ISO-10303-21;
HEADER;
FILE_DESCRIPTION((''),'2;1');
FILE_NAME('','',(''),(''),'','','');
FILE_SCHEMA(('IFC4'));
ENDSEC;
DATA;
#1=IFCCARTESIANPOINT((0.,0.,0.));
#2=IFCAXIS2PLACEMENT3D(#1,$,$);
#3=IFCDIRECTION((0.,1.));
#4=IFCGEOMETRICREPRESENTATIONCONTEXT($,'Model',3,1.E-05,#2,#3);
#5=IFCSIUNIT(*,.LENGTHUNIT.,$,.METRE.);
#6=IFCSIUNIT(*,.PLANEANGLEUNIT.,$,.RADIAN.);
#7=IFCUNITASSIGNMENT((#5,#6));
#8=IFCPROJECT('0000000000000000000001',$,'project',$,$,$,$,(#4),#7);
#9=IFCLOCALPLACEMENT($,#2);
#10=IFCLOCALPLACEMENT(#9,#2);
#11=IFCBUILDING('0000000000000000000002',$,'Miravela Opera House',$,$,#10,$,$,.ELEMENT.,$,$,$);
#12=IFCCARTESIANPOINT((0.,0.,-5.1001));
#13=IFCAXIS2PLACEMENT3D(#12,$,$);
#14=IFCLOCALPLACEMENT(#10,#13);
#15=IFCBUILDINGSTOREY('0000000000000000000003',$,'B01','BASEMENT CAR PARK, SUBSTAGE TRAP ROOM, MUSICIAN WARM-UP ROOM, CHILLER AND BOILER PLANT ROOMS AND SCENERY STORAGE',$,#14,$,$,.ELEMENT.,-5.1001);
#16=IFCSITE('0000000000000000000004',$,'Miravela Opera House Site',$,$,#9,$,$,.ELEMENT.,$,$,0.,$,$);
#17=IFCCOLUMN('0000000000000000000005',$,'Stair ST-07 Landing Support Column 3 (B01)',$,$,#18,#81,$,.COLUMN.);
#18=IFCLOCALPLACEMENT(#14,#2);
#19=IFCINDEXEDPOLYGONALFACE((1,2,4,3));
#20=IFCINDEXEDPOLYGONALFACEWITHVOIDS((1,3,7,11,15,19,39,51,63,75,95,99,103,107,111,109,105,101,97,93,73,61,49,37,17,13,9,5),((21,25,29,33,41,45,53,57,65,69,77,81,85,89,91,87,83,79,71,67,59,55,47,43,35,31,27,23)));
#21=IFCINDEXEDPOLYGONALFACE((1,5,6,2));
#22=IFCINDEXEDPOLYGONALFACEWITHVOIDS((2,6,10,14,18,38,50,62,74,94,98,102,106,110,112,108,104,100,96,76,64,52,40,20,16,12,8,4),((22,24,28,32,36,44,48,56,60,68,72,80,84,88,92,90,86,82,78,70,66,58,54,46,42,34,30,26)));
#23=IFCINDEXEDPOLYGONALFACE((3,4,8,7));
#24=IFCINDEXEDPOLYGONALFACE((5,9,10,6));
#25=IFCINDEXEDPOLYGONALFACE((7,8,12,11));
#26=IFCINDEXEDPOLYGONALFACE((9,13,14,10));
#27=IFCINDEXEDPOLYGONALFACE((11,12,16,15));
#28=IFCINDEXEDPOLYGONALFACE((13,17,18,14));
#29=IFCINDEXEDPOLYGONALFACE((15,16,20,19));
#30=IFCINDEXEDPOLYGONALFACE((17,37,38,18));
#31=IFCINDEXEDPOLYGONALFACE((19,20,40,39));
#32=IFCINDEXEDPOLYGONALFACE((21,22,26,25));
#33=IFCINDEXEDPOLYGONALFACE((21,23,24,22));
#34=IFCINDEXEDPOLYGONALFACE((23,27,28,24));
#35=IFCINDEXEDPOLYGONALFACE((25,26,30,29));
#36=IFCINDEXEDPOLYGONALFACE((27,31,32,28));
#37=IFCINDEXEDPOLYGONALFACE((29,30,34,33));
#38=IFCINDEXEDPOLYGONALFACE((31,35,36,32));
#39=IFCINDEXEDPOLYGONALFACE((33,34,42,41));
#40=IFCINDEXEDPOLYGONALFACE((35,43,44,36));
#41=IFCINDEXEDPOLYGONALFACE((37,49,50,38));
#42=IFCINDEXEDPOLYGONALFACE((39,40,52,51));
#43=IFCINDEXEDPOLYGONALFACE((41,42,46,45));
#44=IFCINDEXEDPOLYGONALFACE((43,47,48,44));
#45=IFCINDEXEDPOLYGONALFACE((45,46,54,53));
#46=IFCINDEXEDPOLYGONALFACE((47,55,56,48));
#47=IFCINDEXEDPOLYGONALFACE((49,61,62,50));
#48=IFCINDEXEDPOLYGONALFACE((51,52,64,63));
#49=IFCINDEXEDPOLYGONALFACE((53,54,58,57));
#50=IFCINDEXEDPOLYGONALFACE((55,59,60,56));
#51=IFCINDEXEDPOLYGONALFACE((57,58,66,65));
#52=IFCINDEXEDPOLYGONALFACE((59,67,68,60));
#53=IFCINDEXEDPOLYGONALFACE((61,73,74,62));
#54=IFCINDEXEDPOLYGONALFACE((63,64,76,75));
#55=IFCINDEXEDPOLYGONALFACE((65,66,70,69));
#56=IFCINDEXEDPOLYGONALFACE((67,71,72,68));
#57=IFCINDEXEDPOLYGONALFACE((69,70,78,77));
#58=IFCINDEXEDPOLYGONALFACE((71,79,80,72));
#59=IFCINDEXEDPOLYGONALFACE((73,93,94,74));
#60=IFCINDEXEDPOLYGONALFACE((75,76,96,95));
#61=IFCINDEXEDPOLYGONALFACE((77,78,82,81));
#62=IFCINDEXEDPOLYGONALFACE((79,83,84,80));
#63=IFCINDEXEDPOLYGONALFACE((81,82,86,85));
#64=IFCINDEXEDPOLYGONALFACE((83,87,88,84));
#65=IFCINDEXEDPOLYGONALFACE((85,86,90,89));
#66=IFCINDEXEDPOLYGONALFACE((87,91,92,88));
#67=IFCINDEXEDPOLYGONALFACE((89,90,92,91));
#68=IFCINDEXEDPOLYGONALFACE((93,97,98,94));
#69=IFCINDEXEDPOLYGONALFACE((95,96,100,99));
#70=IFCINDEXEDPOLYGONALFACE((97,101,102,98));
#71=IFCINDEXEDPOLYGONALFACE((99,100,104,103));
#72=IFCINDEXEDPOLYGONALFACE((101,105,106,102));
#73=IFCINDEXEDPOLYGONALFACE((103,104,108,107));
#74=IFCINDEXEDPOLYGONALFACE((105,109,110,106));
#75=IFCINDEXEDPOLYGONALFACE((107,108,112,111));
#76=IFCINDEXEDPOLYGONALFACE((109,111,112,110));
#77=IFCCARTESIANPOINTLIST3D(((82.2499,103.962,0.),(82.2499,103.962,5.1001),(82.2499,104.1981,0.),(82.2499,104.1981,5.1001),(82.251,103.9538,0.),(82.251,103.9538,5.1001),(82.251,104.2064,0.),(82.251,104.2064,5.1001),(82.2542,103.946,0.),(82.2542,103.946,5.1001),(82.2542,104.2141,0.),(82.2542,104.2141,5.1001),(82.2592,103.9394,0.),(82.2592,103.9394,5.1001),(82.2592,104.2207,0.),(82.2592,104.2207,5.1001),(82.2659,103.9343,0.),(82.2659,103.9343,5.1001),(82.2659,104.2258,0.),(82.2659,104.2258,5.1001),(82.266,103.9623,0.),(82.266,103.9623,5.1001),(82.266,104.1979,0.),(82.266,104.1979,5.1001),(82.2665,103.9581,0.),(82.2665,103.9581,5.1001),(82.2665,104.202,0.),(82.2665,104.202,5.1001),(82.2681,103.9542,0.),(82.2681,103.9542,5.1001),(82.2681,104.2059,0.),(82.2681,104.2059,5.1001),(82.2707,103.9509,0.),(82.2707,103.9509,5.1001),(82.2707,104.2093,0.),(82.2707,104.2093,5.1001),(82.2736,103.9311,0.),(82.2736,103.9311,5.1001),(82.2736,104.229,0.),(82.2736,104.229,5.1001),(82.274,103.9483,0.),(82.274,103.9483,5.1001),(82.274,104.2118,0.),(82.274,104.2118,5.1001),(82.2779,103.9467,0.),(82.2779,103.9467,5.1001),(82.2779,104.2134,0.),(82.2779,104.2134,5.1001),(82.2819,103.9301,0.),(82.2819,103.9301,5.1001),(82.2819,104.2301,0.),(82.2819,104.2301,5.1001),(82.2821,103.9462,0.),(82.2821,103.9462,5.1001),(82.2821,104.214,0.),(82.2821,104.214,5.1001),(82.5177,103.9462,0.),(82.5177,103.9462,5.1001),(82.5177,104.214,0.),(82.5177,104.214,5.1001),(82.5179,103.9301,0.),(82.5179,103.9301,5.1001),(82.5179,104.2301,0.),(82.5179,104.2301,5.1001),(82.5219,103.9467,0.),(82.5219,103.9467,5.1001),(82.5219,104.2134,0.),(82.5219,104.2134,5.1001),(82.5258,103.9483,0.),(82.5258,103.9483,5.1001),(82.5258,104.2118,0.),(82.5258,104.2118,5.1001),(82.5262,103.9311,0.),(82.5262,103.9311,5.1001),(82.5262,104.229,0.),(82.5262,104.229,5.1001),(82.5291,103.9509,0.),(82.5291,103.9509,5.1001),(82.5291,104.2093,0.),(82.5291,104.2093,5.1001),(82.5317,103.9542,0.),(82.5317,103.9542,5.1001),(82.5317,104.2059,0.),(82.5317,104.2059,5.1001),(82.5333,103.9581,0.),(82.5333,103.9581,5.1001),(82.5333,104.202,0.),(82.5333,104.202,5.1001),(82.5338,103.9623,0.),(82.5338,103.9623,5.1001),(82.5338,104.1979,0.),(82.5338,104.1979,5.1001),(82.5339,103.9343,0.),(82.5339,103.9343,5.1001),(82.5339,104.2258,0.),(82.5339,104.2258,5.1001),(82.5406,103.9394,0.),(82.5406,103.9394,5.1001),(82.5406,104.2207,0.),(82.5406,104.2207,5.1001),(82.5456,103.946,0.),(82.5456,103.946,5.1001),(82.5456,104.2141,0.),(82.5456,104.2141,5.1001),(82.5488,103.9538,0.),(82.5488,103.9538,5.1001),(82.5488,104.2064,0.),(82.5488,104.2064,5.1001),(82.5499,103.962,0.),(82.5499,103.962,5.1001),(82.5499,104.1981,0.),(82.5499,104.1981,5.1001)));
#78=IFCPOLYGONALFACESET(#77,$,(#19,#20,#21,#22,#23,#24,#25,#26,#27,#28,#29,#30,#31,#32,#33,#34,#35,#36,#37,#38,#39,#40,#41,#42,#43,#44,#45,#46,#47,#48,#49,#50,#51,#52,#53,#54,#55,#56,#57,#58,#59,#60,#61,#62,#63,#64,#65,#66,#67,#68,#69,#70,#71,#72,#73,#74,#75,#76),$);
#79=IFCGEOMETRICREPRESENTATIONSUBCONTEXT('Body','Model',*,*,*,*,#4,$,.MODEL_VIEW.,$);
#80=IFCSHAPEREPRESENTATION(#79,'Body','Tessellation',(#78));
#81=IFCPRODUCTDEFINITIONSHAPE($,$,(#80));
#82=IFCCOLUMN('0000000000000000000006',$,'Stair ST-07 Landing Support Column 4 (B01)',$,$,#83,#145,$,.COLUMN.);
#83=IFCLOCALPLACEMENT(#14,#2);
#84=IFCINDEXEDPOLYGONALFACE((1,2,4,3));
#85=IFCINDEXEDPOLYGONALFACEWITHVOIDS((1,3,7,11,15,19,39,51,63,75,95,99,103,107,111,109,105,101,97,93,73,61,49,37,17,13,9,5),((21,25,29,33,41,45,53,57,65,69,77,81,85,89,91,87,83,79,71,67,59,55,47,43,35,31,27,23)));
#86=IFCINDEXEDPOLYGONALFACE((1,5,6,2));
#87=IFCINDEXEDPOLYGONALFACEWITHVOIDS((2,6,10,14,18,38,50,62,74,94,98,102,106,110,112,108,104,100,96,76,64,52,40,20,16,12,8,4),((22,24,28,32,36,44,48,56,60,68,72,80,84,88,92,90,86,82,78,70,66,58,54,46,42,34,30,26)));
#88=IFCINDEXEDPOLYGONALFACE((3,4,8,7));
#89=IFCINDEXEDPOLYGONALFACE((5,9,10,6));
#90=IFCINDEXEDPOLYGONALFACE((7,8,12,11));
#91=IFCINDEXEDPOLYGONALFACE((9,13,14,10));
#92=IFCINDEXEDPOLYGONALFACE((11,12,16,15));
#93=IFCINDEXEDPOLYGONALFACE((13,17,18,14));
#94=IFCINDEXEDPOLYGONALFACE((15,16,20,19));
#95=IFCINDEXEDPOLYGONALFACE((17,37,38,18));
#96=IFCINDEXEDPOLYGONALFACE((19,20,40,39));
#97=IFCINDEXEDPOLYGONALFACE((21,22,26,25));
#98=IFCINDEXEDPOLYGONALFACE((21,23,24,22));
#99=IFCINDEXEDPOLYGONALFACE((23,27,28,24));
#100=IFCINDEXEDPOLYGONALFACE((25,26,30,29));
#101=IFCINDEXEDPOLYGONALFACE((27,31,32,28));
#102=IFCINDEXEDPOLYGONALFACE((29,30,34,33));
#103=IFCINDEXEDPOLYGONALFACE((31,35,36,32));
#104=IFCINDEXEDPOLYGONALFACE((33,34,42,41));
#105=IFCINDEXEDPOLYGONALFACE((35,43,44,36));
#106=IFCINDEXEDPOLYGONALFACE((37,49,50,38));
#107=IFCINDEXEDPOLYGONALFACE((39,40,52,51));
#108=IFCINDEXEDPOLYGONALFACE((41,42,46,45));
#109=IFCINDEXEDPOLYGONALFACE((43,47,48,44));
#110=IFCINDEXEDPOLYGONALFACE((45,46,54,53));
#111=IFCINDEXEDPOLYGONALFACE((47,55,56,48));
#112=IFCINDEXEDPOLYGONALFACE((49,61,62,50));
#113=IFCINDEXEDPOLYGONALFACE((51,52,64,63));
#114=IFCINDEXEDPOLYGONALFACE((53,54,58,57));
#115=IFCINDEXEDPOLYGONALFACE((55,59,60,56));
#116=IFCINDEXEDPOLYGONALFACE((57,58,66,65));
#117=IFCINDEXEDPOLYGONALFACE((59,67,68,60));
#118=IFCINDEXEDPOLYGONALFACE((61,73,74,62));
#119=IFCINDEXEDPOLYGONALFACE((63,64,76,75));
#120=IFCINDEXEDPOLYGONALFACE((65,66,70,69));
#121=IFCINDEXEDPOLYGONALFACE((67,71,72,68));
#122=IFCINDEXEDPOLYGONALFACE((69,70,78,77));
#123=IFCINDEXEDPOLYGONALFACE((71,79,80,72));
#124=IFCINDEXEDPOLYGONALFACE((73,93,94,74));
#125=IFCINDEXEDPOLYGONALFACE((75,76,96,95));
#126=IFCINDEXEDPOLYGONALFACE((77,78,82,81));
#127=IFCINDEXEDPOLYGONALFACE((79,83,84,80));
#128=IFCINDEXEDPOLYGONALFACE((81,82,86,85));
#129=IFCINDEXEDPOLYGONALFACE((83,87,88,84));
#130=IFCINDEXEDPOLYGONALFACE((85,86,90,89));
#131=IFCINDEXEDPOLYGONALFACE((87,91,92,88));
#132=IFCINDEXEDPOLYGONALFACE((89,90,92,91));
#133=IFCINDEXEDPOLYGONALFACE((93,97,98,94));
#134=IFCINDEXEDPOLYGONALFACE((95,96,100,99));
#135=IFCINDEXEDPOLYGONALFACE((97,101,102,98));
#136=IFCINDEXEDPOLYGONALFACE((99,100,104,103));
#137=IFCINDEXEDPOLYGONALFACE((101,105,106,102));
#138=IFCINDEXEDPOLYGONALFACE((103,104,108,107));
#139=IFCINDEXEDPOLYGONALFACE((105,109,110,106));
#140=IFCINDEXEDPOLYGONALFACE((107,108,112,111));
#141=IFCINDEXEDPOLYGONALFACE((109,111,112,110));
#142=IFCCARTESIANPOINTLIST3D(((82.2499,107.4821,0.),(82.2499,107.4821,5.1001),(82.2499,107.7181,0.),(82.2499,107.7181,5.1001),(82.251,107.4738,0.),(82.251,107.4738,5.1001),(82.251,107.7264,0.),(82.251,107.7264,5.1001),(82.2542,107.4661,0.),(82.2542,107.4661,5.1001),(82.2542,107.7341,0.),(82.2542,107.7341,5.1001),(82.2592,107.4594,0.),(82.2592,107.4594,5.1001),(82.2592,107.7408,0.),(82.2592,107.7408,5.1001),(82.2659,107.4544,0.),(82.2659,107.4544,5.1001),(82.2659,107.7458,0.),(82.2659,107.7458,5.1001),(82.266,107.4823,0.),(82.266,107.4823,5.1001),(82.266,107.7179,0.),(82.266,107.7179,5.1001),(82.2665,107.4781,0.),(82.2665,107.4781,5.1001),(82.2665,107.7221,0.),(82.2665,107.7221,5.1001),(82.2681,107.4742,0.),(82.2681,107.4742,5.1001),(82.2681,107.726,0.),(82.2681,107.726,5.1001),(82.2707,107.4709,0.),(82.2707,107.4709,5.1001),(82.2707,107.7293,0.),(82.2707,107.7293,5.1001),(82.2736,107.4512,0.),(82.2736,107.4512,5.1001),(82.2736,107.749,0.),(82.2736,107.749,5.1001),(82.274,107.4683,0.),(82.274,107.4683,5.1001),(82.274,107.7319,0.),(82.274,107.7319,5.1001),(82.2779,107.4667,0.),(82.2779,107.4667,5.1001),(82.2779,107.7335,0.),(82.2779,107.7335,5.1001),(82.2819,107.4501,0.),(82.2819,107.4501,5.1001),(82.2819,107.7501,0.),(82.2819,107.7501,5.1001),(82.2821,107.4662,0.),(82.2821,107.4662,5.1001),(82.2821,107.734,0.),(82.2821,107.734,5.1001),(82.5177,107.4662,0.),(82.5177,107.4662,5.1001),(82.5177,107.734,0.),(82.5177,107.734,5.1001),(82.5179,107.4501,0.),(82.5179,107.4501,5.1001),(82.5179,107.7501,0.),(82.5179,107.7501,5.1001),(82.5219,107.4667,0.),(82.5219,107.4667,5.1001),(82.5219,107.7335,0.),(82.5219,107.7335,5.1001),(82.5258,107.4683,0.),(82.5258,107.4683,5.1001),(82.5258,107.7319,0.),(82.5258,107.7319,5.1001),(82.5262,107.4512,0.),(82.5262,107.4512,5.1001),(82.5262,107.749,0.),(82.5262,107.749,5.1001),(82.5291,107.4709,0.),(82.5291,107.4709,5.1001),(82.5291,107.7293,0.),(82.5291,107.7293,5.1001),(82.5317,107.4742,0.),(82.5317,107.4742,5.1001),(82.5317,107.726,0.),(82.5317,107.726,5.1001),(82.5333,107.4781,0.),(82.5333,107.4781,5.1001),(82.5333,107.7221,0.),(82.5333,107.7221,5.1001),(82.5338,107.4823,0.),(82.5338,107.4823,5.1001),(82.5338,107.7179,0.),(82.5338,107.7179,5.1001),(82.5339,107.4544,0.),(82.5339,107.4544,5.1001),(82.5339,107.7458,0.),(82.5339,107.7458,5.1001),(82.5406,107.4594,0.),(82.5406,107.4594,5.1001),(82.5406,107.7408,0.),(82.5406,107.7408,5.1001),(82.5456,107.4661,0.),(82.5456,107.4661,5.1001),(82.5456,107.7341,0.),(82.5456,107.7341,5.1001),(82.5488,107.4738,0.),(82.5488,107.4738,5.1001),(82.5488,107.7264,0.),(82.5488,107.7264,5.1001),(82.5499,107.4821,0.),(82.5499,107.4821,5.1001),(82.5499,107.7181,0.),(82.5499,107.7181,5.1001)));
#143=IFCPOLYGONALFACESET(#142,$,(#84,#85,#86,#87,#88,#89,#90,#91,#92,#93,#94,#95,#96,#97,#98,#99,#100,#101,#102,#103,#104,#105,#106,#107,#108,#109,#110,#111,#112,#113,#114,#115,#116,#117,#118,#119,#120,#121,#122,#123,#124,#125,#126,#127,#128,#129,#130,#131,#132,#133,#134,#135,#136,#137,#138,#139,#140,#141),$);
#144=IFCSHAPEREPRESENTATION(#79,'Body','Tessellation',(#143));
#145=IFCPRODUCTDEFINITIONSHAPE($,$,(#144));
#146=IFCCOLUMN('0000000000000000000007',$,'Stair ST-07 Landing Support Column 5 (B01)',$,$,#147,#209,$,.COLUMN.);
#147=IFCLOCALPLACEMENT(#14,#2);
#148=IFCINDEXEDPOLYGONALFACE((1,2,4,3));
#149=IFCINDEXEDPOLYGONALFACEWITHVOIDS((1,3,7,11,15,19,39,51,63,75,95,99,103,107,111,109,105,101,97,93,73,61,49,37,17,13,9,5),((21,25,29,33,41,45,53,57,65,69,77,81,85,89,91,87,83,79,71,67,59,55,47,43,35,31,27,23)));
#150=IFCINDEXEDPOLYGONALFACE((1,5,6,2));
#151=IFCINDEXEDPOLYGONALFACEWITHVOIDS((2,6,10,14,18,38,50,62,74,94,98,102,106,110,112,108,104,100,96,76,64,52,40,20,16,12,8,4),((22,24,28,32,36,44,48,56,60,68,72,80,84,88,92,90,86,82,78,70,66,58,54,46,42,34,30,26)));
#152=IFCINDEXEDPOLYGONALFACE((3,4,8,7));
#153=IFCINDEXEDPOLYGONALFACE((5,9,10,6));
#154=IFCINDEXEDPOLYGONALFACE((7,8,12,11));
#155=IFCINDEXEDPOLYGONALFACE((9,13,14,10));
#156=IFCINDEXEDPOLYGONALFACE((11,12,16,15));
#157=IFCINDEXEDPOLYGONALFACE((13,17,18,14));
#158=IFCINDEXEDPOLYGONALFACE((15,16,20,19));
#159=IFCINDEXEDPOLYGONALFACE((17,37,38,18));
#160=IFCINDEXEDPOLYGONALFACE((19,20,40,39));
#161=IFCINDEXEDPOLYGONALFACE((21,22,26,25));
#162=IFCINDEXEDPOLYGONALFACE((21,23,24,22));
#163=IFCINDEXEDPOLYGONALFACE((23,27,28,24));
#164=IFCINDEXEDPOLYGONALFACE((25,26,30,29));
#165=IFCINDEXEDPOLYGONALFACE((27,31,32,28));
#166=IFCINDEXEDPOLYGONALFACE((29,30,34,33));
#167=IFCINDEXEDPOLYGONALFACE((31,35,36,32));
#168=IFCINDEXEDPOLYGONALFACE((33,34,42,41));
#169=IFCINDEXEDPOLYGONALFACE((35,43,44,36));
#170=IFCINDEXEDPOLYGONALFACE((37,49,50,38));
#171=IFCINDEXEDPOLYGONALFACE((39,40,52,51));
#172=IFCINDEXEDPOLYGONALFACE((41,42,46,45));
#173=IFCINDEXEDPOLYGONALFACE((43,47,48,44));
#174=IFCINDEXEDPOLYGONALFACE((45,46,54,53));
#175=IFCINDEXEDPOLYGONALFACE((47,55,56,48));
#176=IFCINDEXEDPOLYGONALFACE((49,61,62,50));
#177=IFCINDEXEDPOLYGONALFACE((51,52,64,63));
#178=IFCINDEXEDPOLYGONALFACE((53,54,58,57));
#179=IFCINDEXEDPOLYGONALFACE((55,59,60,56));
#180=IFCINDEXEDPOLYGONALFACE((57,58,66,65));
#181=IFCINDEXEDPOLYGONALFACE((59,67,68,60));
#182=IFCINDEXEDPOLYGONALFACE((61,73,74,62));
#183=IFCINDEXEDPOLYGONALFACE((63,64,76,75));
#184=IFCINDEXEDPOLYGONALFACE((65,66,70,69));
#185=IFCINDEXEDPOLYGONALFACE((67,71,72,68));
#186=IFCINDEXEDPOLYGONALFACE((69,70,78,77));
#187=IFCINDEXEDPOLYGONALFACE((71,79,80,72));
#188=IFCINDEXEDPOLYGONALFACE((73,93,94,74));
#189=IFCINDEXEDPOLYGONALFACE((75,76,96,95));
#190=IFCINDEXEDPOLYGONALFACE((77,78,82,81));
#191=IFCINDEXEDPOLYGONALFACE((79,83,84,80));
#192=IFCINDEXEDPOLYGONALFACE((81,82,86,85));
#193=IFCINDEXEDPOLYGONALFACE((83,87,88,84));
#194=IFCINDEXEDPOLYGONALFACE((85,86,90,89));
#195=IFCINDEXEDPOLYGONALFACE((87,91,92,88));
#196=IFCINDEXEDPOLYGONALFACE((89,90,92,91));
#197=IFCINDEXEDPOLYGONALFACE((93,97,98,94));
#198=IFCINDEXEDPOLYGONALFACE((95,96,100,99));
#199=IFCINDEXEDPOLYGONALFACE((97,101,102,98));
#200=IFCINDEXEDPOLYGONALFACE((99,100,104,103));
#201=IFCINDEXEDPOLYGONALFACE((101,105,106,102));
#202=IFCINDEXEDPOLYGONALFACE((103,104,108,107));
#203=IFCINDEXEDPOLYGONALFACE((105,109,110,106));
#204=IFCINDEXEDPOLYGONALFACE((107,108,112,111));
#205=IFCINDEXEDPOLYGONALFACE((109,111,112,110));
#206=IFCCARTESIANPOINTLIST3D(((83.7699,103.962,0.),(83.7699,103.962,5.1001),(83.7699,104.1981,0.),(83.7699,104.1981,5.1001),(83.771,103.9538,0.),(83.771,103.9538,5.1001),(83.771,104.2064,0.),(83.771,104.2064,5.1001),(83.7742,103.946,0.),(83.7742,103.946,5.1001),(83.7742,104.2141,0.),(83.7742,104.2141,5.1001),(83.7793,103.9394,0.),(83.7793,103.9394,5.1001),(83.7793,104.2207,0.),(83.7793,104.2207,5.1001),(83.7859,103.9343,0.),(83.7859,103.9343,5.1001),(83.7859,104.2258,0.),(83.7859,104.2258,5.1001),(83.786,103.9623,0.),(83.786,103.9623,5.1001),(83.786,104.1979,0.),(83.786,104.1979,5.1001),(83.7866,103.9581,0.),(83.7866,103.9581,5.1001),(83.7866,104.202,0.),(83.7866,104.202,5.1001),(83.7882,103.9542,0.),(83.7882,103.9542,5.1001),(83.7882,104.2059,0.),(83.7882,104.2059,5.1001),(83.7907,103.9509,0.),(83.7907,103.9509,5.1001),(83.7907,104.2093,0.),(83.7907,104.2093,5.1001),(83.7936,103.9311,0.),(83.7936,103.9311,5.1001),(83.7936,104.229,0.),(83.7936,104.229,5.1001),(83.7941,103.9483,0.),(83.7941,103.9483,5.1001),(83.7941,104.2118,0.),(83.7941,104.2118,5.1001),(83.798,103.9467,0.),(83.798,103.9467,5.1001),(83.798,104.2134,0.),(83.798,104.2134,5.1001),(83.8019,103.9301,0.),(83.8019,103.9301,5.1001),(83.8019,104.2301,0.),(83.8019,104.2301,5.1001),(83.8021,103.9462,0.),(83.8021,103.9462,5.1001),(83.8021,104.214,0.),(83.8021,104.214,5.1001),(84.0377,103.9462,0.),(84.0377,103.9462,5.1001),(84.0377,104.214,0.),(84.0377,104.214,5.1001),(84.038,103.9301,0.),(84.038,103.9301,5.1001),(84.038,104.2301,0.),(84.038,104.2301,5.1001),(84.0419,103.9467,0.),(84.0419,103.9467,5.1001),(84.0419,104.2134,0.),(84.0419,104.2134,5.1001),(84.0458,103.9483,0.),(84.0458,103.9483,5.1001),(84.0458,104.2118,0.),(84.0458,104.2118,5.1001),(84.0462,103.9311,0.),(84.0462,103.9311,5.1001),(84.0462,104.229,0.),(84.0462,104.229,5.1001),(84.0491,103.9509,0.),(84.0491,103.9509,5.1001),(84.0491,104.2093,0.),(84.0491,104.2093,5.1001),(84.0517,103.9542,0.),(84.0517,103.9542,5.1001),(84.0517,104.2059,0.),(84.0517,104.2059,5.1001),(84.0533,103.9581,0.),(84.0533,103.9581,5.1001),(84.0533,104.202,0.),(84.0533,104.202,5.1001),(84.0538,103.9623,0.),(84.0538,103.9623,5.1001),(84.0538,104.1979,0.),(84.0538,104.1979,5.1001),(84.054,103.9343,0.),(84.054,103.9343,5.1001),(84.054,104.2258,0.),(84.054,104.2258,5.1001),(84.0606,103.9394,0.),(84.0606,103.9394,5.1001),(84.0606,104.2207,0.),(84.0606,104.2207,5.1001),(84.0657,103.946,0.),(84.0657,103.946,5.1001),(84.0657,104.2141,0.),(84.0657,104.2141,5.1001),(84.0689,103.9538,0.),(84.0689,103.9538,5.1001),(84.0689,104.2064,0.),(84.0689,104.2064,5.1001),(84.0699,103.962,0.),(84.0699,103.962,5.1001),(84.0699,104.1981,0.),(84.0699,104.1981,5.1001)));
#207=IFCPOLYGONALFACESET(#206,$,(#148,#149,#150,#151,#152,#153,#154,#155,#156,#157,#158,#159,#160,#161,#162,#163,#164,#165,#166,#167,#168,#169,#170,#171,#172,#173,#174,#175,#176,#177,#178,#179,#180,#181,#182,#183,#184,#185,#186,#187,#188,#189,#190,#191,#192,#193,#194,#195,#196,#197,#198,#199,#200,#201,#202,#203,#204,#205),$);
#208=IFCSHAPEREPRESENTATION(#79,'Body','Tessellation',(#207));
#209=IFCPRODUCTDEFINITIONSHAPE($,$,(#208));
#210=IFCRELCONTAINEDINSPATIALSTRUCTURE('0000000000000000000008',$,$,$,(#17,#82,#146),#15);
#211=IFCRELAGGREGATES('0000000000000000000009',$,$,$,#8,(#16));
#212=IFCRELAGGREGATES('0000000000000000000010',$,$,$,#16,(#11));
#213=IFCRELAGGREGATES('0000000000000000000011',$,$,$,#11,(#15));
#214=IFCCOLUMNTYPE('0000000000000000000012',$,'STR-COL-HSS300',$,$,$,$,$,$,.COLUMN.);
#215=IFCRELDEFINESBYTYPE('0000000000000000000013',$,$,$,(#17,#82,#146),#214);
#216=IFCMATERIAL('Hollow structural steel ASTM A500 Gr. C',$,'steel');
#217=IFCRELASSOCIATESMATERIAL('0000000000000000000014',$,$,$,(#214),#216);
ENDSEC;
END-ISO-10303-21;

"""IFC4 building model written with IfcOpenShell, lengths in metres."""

from ifc_helpers import new_model, si_unit, direction, frame, origin, origin_2d, place, context, subcontext, project, spatial, hollow_rectangle, extrude, material, material_profile, profile_set, type_object, element, save


model = new_model("IFC4")

# Units and contexts
model_context = context("Model", 3, precision=1e-05, world=origin(), true_north=direction((0.0, 1.0)))
body_context = subcontext(model_context, "Body", "Model", "MODEL_VIEW")
ifc_project = project(units=[si_unit("LENGTHUNIT", "METRE"), si_unit("PLANEANGLEUNIT", "RADIAN")], contexts=[model_context])

# Site, building, storey
site_placement = place(None, origin())
site = spatial("IfcSite", under=ifc_project, at=site_placement, Name="Miravela Opera House Site", CompositionType="ELEMENT", RefElevation=0.0)
building_placement = place(site_placement, origin())
building = spatial("IfcBuilding", under=site, at=building_placement, Name="Miravela Opera House", CompositionType="ELEMENT")
storey_placement = place(building_placement, frame((0.0, 0.0, -5.1001)))
storey = spatial("IfcBuildingStorey", under=building, at=storey_placement, Name="B01", Description="BASEMENT CAR PARK, SUBSTAGE TRAP ROOM, MUSICIAN WARM-UP ROOM, CHILLER AND BOILER PLANT ROOMS AND SCENERY STORAGE", CompositionType="ELEMENT", Elevation=-5.1001)

# Columns
ifc_material_1 = material(Name="Hollow structural steel ASTM A500 Gr. C", Category="steel")
ifc_material_profile_1 = material_profile(ifc_material_1, hollow_rectangle(XDim=0.3, YDim=0.3, WallThickness=0.0161, InnerFilletRadius=0.0161, OuterFilletRadius=0.032, at=origin_2d()), Name="HSS300X300X16")
ifc_profile_set_1 = profile_set([ifc_material_profile_1])
column_type = type_object("IfcColumnType", Name="STR-COL-HSS300", PredefinedType="COLUMN", material=ifc_profile_set_1)
for number, where, z_axis, x_axis, name in (
    (1, (82.3999, 104.0801, 0.0), (0.0, 0.0, 1.0), (1.0, 0.0, 0.0), "Stair ST-07 Landing Support Column 3 (B01)"),
    (2, (82.3999, 107.6001, 0.0), (0.0, 0.0, 1.0), (1.0, 0.0, 0.0), "Stair ST-07 Landing Support Column 4 (B01)"),
    (3, (83.9199, 104.0801, 0.0), (0.0, 0.0, 1.0), (1.0, 0.0, 0.0), "Stair ST-07 Landing Support Column 5 (B01)"),
):
    element("IfcColumn", number, at=place(storey_placement, frame(where, z_axis=z_axis, x_axis=x_axis)), inside=storey, type_object=column_type, Name=name, PredefinedType="COLUMN", context=body_context, shape_type="SweptSolid", body=[
        extrude(hollow_rectangle(XDim=0.3, YDim=0.3, WallThickness=0.0161, InnerFilletRadius=0.0161, OuterFilletRadius=0.032, at=origin_2d()), origin(), (0.0, 0.0, 1.0), 5.1001),
    ])

save(model, "model.ifc")
